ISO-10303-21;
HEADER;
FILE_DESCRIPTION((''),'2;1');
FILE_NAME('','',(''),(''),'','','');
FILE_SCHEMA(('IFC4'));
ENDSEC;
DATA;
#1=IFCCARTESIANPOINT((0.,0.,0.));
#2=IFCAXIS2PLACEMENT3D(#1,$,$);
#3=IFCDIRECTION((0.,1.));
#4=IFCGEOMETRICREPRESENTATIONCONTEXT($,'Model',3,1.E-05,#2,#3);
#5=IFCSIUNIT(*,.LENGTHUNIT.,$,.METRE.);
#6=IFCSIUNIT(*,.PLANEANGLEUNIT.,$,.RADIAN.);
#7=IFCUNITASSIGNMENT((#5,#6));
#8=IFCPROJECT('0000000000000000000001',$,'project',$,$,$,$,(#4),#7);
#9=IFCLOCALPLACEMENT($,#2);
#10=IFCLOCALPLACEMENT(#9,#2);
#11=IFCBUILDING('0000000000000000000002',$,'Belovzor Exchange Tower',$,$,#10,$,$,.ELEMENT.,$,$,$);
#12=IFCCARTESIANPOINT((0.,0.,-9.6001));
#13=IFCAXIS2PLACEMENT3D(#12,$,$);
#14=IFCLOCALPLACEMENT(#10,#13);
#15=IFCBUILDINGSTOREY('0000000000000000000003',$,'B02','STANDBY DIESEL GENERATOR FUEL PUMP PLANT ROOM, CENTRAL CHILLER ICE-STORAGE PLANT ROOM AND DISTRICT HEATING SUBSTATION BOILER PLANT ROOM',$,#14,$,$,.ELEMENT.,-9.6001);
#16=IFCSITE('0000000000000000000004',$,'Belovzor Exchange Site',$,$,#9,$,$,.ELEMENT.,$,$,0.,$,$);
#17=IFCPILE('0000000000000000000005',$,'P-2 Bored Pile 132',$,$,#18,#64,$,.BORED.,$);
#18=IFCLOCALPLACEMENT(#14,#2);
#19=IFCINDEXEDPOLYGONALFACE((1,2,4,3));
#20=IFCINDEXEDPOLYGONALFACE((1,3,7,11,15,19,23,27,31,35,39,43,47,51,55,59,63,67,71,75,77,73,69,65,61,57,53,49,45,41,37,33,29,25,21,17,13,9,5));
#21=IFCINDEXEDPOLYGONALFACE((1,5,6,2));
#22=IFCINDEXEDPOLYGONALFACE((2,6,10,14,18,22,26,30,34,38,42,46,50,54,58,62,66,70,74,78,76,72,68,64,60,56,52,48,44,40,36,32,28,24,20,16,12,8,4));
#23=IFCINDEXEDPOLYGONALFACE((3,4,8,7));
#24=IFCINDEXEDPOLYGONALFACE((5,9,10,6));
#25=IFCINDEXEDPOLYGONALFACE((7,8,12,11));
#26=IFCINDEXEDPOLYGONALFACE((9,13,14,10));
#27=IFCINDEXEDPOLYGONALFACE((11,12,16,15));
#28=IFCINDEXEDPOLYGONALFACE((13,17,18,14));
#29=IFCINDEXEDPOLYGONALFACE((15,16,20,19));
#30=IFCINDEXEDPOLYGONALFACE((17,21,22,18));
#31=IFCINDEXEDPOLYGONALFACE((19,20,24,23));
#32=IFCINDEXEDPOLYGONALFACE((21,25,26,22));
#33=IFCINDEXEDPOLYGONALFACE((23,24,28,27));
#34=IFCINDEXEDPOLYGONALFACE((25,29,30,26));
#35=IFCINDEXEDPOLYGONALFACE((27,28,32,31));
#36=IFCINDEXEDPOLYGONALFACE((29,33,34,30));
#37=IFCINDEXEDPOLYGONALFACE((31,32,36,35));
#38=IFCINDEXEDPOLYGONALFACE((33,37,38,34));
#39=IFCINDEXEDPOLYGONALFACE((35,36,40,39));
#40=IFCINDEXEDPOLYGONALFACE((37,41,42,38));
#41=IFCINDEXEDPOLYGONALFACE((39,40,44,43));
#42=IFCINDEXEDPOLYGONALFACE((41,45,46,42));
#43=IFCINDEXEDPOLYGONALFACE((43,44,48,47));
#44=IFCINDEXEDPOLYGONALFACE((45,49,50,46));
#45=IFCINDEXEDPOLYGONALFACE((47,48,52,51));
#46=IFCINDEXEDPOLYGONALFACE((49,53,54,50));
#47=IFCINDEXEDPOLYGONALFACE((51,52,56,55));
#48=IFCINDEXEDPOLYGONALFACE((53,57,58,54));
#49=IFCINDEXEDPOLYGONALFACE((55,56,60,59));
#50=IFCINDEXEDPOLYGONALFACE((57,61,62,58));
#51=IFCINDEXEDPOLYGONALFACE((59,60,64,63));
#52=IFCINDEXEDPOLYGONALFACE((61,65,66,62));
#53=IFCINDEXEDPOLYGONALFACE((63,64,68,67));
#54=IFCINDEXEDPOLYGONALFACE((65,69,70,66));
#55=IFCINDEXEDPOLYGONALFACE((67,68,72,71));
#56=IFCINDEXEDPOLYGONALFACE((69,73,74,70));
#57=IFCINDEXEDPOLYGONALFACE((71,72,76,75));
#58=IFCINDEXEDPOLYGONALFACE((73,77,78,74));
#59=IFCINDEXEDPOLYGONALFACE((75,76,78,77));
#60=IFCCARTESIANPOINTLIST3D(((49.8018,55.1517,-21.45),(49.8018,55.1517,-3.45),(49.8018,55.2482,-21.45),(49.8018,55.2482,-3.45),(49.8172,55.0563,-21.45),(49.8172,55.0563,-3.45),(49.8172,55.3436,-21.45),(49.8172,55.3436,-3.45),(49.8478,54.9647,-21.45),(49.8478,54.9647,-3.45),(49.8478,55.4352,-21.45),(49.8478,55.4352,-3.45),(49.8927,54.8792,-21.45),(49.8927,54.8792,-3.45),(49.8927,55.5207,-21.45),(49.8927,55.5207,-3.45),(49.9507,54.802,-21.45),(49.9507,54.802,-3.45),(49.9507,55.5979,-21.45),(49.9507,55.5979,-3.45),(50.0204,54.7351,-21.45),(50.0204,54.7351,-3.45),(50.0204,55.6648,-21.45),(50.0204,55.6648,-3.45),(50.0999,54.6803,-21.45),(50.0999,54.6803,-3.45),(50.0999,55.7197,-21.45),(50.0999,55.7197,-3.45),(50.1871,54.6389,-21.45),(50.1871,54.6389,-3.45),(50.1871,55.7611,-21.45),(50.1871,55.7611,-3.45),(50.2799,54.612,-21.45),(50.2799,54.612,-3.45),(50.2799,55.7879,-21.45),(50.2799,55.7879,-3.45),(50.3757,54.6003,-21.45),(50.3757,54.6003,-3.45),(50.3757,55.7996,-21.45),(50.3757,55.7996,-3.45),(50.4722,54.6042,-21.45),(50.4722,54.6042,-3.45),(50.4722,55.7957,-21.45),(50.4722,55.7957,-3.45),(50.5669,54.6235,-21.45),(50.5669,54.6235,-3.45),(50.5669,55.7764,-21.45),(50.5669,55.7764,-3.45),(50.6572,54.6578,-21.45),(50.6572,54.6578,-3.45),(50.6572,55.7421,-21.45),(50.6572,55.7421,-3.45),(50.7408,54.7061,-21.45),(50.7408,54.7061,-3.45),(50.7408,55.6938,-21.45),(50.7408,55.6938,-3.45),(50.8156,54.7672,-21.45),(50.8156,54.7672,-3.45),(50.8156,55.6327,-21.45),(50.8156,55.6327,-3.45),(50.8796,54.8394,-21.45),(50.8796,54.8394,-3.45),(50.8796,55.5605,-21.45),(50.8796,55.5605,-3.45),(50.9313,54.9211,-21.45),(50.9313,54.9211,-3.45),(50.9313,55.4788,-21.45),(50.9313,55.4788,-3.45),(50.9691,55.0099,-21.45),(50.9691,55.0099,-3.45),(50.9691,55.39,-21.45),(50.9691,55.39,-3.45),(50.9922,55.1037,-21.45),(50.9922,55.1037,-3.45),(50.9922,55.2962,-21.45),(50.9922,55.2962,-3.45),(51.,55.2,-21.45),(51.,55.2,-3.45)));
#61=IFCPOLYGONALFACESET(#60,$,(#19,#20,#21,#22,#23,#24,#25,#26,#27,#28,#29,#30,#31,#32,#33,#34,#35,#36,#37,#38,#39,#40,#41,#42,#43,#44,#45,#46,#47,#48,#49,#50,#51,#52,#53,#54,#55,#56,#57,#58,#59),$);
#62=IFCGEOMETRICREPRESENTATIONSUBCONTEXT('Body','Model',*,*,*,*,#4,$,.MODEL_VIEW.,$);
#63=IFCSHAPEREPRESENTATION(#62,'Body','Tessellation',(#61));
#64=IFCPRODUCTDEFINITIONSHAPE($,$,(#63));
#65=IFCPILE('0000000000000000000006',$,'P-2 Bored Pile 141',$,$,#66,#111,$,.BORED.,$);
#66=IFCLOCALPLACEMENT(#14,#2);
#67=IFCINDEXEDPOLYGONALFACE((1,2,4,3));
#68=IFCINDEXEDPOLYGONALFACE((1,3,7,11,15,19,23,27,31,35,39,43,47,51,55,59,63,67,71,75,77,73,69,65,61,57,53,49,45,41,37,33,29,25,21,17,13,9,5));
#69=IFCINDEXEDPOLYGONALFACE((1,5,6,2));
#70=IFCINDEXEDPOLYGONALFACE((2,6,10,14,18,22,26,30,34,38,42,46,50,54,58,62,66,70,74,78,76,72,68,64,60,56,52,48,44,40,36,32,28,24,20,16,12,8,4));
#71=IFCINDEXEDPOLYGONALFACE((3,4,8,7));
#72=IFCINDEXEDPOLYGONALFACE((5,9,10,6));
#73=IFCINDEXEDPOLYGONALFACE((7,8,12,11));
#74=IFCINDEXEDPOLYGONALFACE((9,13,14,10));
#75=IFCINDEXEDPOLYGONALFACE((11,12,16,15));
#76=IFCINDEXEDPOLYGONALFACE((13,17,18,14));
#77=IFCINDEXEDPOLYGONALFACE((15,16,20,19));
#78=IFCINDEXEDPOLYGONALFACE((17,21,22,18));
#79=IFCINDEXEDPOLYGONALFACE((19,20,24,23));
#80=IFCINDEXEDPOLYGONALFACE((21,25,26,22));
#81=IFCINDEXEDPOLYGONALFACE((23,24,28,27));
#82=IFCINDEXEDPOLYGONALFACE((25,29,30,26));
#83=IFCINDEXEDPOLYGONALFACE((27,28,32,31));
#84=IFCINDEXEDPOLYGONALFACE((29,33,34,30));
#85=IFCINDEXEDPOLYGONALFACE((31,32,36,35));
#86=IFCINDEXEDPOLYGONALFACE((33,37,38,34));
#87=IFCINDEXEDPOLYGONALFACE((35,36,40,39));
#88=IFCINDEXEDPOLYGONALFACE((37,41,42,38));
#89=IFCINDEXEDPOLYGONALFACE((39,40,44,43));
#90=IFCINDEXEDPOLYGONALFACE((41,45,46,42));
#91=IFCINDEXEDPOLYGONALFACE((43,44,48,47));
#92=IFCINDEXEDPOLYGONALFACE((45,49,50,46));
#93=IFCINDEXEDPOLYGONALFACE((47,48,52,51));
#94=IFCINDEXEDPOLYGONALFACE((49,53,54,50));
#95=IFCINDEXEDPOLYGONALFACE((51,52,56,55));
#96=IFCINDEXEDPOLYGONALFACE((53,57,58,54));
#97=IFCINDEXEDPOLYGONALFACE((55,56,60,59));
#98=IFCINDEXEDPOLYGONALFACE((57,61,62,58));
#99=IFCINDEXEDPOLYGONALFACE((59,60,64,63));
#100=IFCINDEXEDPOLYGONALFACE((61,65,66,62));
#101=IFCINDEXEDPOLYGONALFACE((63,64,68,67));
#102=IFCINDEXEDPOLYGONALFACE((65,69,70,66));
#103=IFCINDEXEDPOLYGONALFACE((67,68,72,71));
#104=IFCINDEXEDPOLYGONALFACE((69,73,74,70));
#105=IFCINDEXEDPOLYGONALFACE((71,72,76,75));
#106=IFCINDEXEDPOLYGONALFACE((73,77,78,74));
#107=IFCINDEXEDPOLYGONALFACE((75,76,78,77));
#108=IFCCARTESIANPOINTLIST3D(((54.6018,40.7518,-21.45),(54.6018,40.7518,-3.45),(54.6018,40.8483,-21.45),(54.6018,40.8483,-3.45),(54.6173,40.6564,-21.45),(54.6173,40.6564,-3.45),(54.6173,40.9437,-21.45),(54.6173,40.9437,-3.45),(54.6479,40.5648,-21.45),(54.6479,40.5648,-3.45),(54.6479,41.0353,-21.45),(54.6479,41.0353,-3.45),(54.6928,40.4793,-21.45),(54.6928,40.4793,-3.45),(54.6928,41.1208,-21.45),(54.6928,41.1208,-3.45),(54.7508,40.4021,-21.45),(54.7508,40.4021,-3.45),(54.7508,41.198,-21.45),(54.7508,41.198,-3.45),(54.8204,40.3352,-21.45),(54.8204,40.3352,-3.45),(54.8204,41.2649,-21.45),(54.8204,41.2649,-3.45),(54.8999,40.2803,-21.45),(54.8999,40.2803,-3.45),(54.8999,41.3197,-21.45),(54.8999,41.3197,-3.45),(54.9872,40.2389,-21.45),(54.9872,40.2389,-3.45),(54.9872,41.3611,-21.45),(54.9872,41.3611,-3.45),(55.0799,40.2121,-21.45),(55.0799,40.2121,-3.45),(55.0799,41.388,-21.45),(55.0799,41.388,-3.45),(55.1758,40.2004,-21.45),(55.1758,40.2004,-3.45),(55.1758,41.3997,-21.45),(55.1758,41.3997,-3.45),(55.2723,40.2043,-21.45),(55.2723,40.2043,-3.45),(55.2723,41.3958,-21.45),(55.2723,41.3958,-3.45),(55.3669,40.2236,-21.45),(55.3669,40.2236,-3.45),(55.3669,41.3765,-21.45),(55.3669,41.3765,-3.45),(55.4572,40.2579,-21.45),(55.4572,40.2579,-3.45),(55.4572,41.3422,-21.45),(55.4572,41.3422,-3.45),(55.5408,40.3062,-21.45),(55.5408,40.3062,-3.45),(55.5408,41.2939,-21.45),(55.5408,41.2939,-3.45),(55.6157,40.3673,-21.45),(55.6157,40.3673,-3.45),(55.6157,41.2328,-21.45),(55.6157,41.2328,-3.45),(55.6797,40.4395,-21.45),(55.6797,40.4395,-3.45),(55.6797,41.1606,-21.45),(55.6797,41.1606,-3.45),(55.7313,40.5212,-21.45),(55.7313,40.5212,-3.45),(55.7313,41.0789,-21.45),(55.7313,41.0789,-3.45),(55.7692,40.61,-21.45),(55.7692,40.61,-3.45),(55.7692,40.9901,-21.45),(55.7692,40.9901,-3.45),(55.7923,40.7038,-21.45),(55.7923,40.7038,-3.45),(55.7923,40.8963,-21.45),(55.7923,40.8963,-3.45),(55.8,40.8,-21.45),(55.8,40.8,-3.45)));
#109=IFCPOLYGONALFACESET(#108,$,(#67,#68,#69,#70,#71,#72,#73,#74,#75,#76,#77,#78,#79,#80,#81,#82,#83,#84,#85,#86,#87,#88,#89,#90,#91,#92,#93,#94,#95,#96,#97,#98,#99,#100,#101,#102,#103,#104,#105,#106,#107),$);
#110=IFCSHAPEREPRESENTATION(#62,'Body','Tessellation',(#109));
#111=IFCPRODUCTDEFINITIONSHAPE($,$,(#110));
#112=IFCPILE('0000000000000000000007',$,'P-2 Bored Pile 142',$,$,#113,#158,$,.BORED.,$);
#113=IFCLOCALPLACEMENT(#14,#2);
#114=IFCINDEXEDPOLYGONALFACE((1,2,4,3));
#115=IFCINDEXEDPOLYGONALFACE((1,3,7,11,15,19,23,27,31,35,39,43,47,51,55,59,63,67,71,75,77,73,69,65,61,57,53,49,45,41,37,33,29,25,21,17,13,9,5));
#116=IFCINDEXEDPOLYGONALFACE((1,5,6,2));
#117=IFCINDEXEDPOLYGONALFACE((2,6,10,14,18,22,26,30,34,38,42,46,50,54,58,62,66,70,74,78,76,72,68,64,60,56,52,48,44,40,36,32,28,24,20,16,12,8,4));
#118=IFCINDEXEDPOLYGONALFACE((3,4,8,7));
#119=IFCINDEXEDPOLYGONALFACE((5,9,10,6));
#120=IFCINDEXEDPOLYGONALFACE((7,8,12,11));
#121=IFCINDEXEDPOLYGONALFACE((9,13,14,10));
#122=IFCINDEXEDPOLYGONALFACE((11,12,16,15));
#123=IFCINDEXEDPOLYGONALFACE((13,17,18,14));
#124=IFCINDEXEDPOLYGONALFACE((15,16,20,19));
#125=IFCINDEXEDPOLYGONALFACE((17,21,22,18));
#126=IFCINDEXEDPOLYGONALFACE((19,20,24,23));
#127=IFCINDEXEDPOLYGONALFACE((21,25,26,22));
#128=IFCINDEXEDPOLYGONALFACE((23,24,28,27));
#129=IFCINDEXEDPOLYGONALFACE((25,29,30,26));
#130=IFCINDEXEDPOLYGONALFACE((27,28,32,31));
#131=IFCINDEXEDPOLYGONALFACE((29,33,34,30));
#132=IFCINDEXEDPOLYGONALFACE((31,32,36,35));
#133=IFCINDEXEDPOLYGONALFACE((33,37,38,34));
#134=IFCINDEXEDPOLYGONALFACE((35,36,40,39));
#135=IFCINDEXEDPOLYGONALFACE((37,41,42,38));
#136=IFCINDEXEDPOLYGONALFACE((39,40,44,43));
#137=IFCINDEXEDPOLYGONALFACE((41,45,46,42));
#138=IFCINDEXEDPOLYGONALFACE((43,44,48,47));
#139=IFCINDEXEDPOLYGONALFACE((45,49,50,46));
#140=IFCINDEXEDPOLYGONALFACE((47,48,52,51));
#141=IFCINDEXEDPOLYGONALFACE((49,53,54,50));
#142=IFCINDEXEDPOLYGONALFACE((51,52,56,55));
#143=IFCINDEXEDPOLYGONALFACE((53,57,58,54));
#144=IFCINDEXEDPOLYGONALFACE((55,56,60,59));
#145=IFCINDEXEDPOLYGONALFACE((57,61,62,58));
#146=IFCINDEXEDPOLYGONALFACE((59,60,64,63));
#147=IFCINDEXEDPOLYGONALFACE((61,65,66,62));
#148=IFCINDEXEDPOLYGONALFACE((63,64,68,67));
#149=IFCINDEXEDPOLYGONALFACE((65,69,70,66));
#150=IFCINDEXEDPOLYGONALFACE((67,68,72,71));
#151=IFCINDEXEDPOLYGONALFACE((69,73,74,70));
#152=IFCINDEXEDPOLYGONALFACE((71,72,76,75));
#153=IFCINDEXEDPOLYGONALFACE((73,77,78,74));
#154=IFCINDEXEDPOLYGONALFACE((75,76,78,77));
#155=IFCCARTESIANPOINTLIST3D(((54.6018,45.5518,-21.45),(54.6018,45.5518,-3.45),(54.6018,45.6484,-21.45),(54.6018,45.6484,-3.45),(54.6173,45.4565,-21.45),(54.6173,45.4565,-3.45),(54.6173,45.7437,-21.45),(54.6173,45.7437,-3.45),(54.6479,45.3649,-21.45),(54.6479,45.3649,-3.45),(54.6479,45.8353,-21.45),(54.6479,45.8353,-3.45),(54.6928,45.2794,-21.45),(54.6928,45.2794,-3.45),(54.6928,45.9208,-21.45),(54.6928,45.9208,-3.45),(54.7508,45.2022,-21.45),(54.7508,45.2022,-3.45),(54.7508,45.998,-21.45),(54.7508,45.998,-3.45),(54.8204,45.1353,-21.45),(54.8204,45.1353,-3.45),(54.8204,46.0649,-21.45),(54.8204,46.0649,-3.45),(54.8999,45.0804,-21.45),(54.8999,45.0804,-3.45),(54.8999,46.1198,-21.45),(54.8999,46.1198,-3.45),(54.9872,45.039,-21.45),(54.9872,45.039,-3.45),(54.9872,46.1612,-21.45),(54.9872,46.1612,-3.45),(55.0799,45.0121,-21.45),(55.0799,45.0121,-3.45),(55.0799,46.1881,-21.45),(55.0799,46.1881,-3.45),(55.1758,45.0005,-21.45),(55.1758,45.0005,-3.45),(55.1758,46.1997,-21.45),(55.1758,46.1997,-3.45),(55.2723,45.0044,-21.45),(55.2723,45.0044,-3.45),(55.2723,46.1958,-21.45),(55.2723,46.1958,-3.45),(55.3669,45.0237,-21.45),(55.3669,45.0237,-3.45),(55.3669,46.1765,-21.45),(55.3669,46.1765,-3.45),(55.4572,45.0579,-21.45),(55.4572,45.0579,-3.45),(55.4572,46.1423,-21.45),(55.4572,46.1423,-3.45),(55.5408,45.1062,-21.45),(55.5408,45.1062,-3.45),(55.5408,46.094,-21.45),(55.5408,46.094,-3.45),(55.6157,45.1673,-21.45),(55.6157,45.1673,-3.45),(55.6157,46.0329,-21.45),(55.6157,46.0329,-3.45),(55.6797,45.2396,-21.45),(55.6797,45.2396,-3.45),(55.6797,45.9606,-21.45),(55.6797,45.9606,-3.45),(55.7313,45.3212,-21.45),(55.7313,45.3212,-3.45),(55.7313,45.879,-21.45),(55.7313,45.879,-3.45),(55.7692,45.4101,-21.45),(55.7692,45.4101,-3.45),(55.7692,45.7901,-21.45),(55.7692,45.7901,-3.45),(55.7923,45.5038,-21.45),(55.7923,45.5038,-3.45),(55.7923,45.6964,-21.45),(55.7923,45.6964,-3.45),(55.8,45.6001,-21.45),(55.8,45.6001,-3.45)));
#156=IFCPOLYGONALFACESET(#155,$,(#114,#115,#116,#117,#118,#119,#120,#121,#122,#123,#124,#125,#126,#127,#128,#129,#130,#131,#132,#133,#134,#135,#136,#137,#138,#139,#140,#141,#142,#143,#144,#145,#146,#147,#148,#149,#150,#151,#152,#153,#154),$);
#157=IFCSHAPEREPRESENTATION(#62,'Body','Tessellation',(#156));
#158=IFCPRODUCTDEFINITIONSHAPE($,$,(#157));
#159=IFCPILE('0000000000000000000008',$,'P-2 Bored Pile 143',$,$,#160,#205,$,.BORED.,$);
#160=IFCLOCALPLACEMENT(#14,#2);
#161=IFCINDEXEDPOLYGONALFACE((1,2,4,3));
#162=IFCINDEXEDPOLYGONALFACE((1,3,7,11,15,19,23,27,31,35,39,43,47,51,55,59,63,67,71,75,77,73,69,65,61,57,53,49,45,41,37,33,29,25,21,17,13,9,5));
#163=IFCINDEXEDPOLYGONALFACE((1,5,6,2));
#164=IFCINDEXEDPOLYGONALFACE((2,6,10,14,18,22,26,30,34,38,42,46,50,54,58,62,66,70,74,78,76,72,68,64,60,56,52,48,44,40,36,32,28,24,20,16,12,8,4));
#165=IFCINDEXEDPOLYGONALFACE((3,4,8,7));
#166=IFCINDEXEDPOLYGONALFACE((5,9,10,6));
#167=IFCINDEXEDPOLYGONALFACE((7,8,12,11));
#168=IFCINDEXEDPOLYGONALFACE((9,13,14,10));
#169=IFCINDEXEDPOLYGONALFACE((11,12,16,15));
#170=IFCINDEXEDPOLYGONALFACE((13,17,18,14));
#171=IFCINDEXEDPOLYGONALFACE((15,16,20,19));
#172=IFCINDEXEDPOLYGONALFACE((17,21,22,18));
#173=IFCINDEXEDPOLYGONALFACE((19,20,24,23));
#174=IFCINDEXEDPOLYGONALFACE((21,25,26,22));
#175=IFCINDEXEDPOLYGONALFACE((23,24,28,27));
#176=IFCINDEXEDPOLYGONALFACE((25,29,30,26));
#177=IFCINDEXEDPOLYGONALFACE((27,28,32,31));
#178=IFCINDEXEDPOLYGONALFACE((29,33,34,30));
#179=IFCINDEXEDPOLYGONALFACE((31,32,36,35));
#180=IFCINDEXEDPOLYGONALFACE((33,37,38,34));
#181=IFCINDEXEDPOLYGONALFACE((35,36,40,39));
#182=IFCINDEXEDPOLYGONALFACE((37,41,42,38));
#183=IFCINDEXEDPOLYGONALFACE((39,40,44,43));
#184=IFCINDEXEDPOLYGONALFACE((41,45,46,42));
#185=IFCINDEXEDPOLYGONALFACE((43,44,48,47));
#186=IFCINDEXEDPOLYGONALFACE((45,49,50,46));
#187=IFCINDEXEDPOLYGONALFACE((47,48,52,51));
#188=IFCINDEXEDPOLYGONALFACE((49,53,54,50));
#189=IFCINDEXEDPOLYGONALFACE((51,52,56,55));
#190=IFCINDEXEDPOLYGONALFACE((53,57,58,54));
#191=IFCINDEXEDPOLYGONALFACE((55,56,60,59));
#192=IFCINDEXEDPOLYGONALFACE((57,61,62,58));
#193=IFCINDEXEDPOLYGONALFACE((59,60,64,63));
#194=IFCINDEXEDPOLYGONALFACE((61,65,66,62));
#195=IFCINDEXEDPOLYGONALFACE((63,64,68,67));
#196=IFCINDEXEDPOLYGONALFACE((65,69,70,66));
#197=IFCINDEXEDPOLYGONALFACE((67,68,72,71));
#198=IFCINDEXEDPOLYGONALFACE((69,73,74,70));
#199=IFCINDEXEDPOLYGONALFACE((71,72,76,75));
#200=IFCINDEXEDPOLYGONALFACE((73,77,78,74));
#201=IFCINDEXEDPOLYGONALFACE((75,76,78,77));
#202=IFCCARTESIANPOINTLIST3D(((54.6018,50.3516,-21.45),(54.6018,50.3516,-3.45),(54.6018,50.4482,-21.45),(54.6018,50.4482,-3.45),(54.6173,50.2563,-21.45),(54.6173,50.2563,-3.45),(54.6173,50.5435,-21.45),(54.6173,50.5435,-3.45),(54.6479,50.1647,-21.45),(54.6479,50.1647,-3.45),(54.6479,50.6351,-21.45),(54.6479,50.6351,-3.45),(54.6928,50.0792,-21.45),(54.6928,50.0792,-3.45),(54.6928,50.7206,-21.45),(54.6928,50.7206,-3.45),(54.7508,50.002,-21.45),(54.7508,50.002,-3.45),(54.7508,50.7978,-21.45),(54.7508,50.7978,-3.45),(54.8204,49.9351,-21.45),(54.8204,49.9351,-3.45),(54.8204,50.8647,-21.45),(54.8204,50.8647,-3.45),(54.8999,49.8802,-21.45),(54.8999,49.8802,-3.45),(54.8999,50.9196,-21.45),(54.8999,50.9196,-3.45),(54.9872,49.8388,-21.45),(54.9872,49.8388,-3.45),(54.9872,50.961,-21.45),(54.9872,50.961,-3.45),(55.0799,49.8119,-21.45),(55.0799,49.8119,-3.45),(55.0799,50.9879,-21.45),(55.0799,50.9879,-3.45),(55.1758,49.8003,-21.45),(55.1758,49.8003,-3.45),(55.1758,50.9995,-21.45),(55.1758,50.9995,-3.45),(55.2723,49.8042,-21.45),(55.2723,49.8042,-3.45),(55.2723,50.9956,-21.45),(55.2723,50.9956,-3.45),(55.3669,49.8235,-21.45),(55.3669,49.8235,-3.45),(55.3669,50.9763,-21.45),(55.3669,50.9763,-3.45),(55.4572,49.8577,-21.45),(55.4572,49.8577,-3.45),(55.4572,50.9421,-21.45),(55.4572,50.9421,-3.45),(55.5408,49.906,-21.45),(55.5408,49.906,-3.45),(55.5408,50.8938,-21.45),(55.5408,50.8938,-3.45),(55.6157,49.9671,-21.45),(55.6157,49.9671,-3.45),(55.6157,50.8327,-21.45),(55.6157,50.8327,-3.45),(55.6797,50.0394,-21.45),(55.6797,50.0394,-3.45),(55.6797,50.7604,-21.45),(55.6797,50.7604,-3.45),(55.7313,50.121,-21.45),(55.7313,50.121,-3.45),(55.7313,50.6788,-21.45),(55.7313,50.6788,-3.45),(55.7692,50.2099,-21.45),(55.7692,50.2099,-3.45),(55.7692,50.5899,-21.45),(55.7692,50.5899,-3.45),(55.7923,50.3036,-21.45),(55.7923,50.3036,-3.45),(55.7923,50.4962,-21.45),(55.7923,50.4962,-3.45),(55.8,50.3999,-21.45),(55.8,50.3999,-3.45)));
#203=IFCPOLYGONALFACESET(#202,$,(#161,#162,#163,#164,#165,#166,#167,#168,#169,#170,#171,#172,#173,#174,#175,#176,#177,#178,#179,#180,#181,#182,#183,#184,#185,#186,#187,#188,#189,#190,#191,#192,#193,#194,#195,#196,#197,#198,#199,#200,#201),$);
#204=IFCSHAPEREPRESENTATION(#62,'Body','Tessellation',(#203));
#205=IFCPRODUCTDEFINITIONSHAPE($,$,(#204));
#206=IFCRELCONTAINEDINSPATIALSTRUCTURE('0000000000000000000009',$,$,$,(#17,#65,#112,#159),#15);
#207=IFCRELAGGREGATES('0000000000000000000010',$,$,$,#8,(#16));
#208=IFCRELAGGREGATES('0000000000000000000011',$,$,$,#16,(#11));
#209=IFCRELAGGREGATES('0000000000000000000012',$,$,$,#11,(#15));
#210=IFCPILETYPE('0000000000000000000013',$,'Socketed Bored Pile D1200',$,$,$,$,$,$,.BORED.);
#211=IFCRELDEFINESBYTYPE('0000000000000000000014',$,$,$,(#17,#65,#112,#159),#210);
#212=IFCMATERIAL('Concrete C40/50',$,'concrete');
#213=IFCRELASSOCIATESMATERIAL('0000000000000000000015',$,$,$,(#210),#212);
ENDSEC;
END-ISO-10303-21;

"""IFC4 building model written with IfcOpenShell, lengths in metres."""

from ifc_helpers import new_model, si_unit, direction, frame, origin, origin_2d, place, context, subcontext, project, spatial, circle, extrude, material, material_profile, profile_set, type_object, element, save


model = new_model("IFC4")

# Units and contexts
model_context = context("Model", 3, precision=1e-05, world=origin(), true_north=direction((0.0, 1.0)))
body_context = subcontext(model_context, "Body", "Model", "MODEL_VIEW")
ifc_project = project(units=[si_unit("LENGTHUNIT", "METRE"), si_unit("PLANEANGLEUNIT", "RADIAN")], contexts=[model_context])

# Site, building, storey
site_placement = place(None, origin())
site = spatial("IfcSite", under=ifc_project, at=site_placement, Name="Belovzor Exchange Site", CompositionType="ELEMENT", RefElevation=0.0)
building_placement = place(site_placement, origin())
building = spatial("IfcBuilding", under=site, at=building_placement, Name="Belovzor Exchange Tower", CompositionType="ELEMENT")
storey_placement = place(building_placement, frame((0.0, 0.0, -9.6001)))
storey = spatial("IfcBuildingStorey", under=building, at=storey_placement, Name="B02", Description="STANDBY DIESEL GENERATOR FUEL PUMP PLANT ROOM, CENTRAL CHILLER ICE-STORAGE PLANT ROOM AND DISTRICT HEATING SUBSTATION BOILER PLANT ROOM", CompositionType="ELEMENT", Elevation=-9.6001)

# Piles
ifc_material_1 = material(Name="Concrete C40/50", Category="concrete")
ifc_material_profile_1 = material_profile(ifc_material_1, circle(Radius=0.6001, at=origin_2d()))
ifc_profile_set_1 = profile_set([ifc_material_profile_1], Name="Concrete C40/50")
pile_type_1 = type_object("IfcPileType", Name="Socketed Bored Pile D1200", PredefinedType="BORED", material=ifc_profile_set_1)
for number, where, z_axis, x_axis, name in (
    (1, (50.3999, 55.2, -3.45), (0.0, 0.0, -1.0), (1.0, 0.0, 0.0), "P-2 Bored Pile 132"),
    (2, (55.2, 40.8, -3.45), (0.0, 0.0, -1.0), (1.0, 0.0, 0.0), "P-2 Bored Pile 141"),
    (3, (55.2, 45.6001, -3.45), (0.0, 0.0, -1.0), (1.0, 0.0, 0.0), "P-2 Bored Pile 142"),
    (4, (55.2, 50.3999, -3.45), (0.0, 0.0, -1.0), (1.0, 0.0, 0.0), "P-2 Bored Pile 143"),
):
    element("IfcPile", number, at=place(storey_placement, frame(where, z_axis=z_axis, x_axis=x_axis)), inside=storey, type_object=pile_type_1, Name=name, PredefinedType="BORED", context=body_context, shape_type="SweptSolid", body=[
        extrude(circle(Radius=0.6001, at=origin_2d()), origin(), (0.0, 0.0, 1.0), 18.0),
    ])

save(model, "model.ifc")
